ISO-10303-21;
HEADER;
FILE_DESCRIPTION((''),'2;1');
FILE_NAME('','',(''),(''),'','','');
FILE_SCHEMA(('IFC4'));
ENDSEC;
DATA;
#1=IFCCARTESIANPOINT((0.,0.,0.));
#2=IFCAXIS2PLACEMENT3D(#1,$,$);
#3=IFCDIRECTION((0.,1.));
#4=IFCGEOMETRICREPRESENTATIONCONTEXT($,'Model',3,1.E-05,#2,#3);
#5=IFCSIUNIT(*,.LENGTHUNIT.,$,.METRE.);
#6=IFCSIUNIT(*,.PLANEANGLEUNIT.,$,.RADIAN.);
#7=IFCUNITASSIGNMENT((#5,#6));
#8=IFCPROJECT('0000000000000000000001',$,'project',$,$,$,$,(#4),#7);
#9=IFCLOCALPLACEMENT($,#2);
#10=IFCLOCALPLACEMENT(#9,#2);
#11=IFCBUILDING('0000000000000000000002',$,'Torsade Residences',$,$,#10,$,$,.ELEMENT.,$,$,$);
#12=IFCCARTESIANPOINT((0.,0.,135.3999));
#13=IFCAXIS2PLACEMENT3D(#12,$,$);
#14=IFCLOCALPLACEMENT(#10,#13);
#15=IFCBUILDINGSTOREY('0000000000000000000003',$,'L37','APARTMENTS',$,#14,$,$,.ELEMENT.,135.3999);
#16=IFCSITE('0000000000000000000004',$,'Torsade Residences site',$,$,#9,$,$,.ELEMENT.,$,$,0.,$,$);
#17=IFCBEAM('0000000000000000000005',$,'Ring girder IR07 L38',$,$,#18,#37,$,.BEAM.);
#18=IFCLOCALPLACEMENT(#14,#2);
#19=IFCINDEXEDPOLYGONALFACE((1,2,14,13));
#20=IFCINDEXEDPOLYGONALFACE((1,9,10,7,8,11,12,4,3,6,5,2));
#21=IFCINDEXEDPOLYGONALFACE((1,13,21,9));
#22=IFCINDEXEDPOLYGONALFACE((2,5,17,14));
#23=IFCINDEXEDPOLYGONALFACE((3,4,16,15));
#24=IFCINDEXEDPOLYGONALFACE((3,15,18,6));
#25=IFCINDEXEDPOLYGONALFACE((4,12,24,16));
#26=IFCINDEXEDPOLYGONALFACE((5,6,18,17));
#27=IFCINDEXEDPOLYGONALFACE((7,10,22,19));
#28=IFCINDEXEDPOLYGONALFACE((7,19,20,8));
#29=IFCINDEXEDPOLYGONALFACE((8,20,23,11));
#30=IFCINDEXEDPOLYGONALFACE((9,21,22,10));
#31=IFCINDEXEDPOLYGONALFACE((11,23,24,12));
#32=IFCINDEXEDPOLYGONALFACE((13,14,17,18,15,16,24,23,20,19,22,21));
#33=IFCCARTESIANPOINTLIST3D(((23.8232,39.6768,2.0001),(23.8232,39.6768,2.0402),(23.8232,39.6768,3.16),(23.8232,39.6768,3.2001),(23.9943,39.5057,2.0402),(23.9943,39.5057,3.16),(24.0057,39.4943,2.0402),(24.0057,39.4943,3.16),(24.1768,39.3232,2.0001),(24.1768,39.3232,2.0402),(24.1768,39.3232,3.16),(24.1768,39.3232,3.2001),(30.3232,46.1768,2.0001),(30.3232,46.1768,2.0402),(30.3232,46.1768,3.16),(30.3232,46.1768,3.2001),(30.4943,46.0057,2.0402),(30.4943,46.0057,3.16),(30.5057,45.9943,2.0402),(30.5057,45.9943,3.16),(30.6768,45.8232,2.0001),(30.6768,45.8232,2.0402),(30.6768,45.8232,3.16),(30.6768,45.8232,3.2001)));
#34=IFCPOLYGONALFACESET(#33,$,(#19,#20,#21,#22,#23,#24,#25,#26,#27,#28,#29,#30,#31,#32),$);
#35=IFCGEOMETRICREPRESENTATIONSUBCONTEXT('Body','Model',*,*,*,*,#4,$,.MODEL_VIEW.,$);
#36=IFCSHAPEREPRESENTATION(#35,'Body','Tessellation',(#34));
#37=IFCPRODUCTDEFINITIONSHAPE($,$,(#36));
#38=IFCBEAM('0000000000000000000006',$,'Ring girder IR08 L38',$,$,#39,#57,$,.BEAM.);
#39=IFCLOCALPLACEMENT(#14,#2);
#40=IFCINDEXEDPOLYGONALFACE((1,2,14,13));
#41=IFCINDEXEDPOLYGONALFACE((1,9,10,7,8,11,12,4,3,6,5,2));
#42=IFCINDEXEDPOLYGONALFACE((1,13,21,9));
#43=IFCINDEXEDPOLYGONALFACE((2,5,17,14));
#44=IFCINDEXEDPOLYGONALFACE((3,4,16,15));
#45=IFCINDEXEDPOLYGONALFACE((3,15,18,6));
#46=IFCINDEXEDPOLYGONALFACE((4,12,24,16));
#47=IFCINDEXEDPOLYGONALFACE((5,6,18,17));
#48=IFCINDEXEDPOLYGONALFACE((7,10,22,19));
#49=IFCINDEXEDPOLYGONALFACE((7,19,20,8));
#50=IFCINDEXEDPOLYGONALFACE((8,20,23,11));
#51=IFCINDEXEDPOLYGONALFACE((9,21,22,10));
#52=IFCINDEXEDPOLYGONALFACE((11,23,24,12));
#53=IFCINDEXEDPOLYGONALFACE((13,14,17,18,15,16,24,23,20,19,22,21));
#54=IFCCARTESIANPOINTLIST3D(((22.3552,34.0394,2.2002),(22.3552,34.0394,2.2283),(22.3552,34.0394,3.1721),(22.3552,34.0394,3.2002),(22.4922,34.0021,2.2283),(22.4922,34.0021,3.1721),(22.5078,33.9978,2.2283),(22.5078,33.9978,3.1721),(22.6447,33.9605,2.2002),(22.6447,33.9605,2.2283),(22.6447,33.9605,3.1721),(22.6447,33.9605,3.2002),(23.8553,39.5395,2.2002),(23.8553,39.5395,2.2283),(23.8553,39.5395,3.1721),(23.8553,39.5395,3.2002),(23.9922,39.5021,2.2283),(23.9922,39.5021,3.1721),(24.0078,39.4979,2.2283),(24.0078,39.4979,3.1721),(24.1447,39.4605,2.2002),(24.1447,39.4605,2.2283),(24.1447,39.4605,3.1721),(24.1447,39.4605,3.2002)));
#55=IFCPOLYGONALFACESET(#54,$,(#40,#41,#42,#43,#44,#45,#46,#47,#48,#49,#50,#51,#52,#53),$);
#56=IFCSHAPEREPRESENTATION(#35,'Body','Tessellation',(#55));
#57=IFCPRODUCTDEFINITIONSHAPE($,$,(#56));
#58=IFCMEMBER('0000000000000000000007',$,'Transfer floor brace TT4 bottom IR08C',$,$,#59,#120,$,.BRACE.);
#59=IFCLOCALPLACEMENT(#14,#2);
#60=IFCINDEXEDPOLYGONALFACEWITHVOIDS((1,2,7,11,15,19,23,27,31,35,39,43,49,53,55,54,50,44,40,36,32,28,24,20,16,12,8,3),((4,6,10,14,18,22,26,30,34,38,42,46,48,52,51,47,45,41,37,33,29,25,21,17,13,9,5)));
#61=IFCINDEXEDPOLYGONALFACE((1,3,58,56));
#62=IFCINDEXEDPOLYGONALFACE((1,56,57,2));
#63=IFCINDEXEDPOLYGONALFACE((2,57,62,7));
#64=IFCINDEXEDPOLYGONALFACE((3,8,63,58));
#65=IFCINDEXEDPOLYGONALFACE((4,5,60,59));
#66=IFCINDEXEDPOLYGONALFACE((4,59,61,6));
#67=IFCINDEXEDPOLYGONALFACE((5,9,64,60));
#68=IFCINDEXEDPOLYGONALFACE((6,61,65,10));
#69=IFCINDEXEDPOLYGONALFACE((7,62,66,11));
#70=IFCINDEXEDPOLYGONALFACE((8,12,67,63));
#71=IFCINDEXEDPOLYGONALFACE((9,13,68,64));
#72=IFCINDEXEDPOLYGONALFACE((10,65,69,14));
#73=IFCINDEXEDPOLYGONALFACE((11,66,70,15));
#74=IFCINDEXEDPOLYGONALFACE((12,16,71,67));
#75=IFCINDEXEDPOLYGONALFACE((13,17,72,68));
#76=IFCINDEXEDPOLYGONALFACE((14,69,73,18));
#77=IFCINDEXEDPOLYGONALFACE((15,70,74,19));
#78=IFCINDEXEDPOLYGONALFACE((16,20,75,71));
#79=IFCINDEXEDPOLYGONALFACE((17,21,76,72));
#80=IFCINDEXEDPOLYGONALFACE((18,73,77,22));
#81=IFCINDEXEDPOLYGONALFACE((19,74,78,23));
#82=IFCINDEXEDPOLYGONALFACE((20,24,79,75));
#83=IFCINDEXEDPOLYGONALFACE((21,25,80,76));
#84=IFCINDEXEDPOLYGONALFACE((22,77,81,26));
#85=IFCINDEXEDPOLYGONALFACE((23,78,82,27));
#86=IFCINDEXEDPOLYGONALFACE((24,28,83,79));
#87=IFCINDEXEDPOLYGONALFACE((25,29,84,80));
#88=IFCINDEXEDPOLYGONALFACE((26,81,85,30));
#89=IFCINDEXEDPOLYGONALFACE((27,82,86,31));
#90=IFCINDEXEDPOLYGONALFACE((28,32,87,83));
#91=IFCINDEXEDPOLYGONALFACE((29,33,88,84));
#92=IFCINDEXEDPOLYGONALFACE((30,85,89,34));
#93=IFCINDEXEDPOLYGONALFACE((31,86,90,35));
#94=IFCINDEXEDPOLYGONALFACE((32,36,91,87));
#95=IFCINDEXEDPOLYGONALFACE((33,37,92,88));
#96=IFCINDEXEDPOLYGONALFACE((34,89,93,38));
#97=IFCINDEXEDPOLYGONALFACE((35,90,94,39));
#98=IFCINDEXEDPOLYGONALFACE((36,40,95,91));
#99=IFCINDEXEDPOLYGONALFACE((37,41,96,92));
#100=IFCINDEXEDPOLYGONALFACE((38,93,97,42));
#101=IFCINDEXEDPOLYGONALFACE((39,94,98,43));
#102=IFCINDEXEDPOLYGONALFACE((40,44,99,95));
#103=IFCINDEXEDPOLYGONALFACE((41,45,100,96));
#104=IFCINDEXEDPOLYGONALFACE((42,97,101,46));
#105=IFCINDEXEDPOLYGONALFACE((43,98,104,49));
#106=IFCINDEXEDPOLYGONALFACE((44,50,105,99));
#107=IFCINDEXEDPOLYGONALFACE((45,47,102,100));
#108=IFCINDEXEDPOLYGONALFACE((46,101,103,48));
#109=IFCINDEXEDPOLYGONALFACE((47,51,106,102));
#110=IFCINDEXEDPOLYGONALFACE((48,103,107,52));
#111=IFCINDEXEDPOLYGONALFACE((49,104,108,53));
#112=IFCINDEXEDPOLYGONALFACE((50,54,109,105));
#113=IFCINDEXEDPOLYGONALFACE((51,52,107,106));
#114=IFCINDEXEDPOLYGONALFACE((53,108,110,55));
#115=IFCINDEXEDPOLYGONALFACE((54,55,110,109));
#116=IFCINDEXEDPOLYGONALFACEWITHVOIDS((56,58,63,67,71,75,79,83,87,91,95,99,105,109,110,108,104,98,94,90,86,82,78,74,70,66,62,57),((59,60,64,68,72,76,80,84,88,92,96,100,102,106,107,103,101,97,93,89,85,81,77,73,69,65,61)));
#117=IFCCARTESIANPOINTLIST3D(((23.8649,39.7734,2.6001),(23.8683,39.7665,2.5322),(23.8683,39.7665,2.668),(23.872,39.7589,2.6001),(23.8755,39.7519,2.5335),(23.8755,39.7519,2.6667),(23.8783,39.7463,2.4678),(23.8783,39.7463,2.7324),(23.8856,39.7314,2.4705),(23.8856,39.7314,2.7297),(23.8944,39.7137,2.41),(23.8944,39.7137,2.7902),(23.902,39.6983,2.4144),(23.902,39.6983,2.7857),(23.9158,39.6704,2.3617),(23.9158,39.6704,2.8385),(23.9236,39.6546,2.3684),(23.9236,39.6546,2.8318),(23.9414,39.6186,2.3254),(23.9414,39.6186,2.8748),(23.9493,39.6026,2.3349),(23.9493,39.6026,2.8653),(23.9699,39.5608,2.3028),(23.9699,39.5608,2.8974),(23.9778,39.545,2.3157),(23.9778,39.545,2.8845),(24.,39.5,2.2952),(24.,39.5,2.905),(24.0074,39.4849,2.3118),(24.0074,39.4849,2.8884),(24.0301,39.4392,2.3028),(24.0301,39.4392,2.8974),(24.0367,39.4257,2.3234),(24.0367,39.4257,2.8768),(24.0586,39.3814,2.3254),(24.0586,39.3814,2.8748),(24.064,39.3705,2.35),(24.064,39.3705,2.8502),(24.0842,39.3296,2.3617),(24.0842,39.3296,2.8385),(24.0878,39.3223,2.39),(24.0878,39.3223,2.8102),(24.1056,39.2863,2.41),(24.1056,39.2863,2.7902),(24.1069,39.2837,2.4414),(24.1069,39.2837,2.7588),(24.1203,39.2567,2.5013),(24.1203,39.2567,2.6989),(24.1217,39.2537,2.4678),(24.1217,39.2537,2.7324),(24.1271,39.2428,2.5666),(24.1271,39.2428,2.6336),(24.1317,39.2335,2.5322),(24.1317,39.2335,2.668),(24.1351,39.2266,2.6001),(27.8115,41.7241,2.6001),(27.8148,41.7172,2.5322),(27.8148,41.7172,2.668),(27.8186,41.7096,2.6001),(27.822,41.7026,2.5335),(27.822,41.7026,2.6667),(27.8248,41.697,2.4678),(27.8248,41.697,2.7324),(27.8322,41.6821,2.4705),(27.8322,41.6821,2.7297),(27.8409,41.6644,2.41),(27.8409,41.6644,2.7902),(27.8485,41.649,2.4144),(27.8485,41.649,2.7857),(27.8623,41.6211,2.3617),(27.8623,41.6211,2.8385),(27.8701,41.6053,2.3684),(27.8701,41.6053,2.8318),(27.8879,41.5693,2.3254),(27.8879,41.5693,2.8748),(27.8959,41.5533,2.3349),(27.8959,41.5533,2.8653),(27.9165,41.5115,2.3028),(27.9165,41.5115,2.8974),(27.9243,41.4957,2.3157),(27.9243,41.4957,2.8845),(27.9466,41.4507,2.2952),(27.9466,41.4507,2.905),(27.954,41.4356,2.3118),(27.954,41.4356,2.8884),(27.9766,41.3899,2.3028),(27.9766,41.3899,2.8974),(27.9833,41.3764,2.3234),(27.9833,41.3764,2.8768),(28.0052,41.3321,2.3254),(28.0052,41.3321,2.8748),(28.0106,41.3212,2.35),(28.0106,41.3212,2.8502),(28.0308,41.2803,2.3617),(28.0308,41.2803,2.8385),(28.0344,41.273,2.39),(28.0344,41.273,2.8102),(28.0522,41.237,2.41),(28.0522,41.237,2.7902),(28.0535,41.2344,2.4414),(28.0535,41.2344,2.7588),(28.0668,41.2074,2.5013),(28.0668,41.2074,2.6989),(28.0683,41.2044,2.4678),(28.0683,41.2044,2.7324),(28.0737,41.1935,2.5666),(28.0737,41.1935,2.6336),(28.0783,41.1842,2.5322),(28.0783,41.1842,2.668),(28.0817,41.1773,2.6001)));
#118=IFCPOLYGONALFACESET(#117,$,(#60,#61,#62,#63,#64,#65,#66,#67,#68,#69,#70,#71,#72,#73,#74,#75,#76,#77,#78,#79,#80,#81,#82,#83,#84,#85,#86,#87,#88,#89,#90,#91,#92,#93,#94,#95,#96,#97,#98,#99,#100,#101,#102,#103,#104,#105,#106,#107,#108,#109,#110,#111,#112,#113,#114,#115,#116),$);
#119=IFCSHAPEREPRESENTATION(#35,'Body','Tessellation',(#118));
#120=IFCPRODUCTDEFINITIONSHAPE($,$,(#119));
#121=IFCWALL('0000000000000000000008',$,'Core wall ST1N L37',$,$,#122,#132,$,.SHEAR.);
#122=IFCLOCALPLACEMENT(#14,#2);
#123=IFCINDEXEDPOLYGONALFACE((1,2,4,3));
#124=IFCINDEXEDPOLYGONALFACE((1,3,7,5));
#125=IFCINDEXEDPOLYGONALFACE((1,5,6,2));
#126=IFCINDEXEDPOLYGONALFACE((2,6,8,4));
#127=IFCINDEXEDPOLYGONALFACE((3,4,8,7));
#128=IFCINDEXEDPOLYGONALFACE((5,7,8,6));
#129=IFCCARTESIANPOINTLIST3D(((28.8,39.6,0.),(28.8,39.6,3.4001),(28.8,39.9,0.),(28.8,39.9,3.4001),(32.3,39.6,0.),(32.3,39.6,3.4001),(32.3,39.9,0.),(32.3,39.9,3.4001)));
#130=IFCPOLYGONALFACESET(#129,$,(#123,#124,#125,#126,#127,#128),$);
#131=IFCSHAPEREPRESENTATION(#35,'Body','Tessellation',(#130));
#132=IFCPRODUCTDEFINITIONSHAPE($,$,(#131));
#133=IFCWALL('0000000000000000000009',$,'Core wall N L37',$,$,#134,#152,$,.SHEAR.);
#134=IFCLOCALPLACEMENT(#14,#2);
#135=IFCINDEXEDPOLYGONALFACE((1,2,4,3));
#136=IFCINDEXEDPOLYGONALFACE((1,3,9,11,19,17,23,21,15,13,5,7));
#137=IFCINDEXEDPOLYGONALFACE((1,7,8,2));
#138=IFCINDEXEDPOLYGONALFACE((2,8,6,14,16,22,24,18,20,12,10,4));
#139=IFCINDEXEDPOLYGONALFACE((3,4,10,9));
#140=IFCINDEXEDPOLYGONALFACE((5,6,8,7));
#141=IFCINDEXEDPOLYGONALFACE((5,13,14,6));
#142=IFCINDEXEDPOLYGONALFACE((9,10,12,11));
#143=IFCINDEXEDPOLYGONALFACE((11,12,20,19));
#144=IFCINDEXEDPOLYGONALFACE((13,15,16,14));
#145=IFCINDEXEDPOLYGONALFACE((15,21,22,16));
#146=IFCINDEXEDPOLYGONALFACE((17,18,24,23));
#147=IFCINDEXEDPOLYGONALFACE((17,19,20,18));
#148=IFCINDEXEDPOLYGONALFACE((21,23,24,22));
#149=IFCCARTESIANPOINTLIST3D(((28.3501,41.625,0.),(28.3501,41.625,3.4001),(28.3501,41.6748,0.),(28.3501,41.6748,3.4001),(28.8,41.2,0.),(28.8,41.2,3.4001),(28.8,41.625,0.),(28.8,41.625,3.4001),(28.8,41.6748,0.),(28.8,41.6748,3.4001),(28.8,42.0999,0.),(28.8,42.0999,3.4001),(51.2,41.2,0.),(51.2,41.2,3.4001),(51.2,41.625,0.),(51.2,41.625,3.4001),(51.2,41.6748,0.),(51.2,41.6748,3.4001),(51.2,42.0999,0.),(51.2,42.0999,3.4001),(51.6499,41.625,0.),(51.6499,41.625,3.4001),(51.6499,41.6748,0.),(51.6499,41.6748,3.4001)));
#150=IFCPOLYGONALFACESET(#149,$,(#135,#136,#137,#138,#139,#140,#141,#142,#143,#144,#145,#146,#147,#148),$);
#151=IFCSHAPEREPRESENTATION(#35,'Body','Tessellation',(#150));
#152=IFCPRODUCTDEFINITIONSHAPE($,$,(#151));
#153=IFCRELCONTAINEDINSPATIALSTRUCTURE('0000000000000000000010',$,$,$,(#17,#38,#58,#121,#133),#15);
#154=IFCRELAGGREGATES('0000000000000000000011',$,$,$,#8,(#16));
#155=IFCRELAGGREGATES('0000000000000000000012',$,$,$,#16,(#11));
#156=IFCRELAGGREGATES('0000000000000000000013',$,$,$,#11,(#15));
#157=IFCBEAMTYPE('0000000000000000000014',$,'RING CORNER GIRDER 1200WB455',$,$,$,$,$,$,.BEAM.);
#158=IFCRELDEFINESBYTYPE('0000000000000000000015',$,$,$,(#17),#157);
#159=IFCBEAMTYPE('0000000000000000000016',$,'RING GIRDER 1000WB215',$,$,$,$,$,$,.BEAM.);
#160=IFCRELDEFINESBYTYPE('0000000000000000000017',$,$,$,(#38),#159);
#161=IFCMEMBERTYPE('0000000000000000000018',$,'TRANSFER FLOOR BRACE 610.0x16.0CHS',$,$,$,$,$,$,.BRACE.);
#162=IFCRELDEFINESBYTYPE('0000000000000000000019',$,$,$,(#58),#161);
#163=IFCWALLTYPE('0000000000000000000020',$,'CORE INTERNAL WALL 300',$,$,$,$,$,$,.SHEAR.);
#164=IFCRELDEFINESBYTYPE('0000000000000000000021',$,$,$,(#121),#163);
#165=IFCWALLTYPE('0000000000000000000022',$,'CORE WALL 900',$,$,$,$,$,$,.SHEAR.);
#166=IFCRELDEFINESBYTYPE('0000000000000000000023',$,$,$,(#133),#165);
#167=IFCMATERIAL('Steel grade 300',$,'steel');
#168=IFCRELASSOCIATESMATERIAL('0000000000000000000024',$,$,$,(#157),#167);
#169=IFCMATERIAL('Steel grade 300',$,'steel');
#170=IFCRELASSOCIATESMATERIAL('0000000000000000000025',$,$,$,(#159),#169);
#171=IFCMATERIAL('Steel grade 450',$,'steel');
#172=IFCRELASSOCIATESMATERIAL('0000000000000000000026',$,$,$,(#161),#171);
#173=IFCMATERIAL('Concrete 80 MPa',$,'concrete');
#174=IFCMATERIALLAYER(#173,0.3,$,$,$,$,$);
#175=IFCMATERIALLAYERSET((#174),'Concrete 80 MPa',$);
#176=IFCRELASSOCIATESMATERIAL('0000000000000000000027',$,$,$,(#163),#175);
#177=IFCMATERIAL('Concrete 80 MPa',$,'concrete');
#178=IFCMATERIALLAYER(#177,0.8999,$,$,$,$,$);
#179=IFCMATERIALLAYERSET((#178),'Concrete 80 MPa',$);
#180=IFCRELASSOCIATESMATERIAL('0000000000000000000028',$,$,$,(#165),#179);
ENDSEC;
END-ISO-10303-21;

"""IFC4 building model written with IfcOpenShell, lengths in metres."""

from ifc_helpers import new_model, si_unit, direction, frame, frame_2d, origin, origin_2d, place, context, subcontext, project, spatial, polyline, rectangle, hollow_circle, i_section, outline, extrude, material, layer, layer_set, material_profile, profile_set, type_object, element, save


model = new_model("IFC4")

# Units and contexts
model_context = context("Model", 3, precision=1e-05, world=origin(), true_north=direction((0.0, 1.0)))
body_context = subcontext(model_context, "Body", "Model", "MODEL_VIEW")
ifc_project = project(units=[si_unit("LENGTHUNIT", "METRE"), si_unit("PLANEANGLEUNIT", "RADIAN")], contexts=[model_context])

# Site, building, storey
site_placement = place(None, origin())
site = spatial("IfcSite", under=ifc_project, at=site_placement, Name="Torsade Residences site", CompositionType="ELEMENT", RefElevation=0.0)
building_placement = place(site_placement, origin())
building = spatial("IfcBuilding", under=site, at=building_placement, Name="Torsade Residences", CompositionType="ELEMENT")
storey_placement = place(building_placement, frame((0.0, 0.0, 135.3999)))
storey = spatial("IfcBuildingStorey", under=building, at=storey_placement, Name="L37", Description="APARTMENTS", CompositionType="ELEMENT", Elevation=135.3999)

# Beams
ifc_material_1 = material(Name="Steel grade 300", Category="steel")
ifc_material_profile_1 = material_profile(ifc_material_1, i_section(OverallWidth=0.5, OverallDepth=1.2, WebThickness=0.0161, FlangeThickness=0.04, at=origin_2d()), Name="1200WB455")
ifc_profile_set_1 = profile_set([ifc_material_profile_1], Name="Steel grade 300")
beam_type_1 = type_object("IfcBeamType", Name="RING CORNER GIRDER 1200WB455", PredefinedType="BEAM", material=ifc_profile_set_1)
beam_1_placement = place(storey_placement, frame((30.5, 46.0, 2.6001), z_axis=(-0.707107, -0.707107, 0.0), x_axis=(0.707107, -0.707107, 0.0)))
element("IfcBeam", 1, at=beam_1_placement, inside=storey, type_object=beam_type_1, Name="Ring girder IR07 L38", PredefinedType="BEAM", context=body_context, shape_type="SweptSolid", body=[
    extrude(i_section(OverallWidth=0.5, OverallDepth=1.2, WebThickness=0.0161, FlangeThickness=0.04, at=origin_2d()), origin(), (0.0, 0.0, 1.0), 9.1924),
])
ifc_material_2 = material(Name="Steel grade 300", Category="steel")
ifc_material_profile_2 = material_profile(ifc_material_2, i_section(OverallWidth=0.3, OverallDepth=1.0, WebThickness=0.0161, FlangeThickness=0.0281, at=origin_2d()), Name="1000WB215")
ifc_profile_set_2 = profile_set([ifc_material_profile_2], Name="Steel grade 300")
beam_type_2 = type_object("IfcBeamType", Name="RING GIRDER 1000WB215", PredefinedType="BEAM", material=ifc_profile_set_2)
beam_2_placement = place(storey_placement, frame((24.0, 39.5, 2.7002), z_axis=(-0.263117, -0.964764, 0.0), x_axis=(0.964764, -0.263117, 0.0)))
element("IfcBeam", 2, at=beam_2_placement, inside=storey, type_object=beam_type_2, Name="Ring girder IR08 L38", PredefinedType="BEAM", context=body_context, shape_type="SweptSolid", body=[
    extrude(i_section(OverallWidth=0.3, OverallDepth=1.0, WebThickness=0.0161, FlangeThickness=0.0281, at=origin_2d()), origin(), (0.0, 0.0, 1.0), 5.7009),
])

# Member
ifc_material_3 = material(Name="Steel grade 450", Category="steel")
ifc_material_profile_3 = material_profile(ifc_material_3, hollow_circle(Radius=0.3049, WallThickness=0.0161, at=origin_2d()), Name="610.0x16.0CHS")
ifc_profile_set_3 = profile_set([ifc_material_profile_3], Name="Steel grade 450")
member_type = type_object("IfcMemberType", Name="TRANSFER FLOOR BRACE 610.0x16.0CHS", PredefinedType="BRACE", material=ifc_profile_set_3)
member_placement = place(storey_placement, frame((24.0, 39.5, 2.6001), z_axis=(0.89647, 0.443105, 0.0), x_axis=(-0.443105, 0.89647, 0.0)))
element("IfcMember", 3, at=member_placement, inside=storey, type_object=member_type, Name="Transfer floor brace TT4 bottom IR08C", PredefinedType="BRACE", context=body_context, shape_type="SweptSolid", body=[
    extrude(hollow_circle(Radius=0.3049, WallThickness=0.0161, at=origin_2d()), origin(), (0.0, 0.0, 1.0), 4.4023),
])

# Walls
ifc_material_4 = material(Name="Concrete 80 MPa", Category="concrete")
ifc_layer_1 = layer(ifc_material_4, 0.3)
ifc_layer_set_1 = layer_set([ifc_layer_1], Name="Concrete 80 MPa")
wall_type_1 = type_object("IfcWallType", Name="CORE INTERNAL WALL 300", PredefinedType="SHEAR", material=ifc_layer_set_1)
wall_1_placement = place(storey_placement, frame((28.8, 39.75, 0.0), z_axis=(0.0, 0.0, 1.0), x_axis=(1.0, 0.0, 0.0)))
element("IfcWall", 4, at=wall_1_placement, inside=storey, type_object=wall_type_1, Name="Core wall ST1N L37", PredefinedType="SHEAR", context=body_context, shape_type="SweptSolid", body=[
    extrude(rectangle(XDim=3.5, YDim=0.3, at=frame_2d((1.75, 0.0))), origin(), (0.0, 0.0, 1.0), 3.4001),
])
ifc_material_5 = material(Name="Concrete 80 MPa", Category="concrete")
ifc_layer_2 = layer(ifc_material_5, 0.8999)
ifc_layer_set_2 = layer_set([ifc_layer_2], Name="Concrete 80 MPa")
wall_type_2 = type_object("IfcWallType", Name="CORE WALL 900", PredefinedType="SHEAR", material=ifc_layer_set_2)
wall_2_placement = place(storey_placement, frame((28.8, 41.6499, 0.0), z_axis=(0.0, 0.0, 1.0), x_axis=(1.0, 0.0, 0.0)))
element("IfcWall", 5, at=wall_2_placement, inside=storey, type_object=wall_type_2, Name="Core wall N L37", PredefinedType="SHEAR", context=body_context, shape_type="SweptSolid", body=[
    extrude(outline(polyline([(0.0, -0.45), (22.3999, -0.45), (22.3999, -0.0249), (22.8499, -0.0249), (22.8499, 0.0249), (22.3999, 0.0249), (22.3999, 0.45), (0.0, 0.45), (0.0, 0.0249), (-0.45, 0.0249), (-0.45, -0.0249), (0.0, -0.0249), (0.0, -0.45)])), origin(), (0.0, 0.0, 1.0), 3.4001),
])

save(model, "model.ifc")
